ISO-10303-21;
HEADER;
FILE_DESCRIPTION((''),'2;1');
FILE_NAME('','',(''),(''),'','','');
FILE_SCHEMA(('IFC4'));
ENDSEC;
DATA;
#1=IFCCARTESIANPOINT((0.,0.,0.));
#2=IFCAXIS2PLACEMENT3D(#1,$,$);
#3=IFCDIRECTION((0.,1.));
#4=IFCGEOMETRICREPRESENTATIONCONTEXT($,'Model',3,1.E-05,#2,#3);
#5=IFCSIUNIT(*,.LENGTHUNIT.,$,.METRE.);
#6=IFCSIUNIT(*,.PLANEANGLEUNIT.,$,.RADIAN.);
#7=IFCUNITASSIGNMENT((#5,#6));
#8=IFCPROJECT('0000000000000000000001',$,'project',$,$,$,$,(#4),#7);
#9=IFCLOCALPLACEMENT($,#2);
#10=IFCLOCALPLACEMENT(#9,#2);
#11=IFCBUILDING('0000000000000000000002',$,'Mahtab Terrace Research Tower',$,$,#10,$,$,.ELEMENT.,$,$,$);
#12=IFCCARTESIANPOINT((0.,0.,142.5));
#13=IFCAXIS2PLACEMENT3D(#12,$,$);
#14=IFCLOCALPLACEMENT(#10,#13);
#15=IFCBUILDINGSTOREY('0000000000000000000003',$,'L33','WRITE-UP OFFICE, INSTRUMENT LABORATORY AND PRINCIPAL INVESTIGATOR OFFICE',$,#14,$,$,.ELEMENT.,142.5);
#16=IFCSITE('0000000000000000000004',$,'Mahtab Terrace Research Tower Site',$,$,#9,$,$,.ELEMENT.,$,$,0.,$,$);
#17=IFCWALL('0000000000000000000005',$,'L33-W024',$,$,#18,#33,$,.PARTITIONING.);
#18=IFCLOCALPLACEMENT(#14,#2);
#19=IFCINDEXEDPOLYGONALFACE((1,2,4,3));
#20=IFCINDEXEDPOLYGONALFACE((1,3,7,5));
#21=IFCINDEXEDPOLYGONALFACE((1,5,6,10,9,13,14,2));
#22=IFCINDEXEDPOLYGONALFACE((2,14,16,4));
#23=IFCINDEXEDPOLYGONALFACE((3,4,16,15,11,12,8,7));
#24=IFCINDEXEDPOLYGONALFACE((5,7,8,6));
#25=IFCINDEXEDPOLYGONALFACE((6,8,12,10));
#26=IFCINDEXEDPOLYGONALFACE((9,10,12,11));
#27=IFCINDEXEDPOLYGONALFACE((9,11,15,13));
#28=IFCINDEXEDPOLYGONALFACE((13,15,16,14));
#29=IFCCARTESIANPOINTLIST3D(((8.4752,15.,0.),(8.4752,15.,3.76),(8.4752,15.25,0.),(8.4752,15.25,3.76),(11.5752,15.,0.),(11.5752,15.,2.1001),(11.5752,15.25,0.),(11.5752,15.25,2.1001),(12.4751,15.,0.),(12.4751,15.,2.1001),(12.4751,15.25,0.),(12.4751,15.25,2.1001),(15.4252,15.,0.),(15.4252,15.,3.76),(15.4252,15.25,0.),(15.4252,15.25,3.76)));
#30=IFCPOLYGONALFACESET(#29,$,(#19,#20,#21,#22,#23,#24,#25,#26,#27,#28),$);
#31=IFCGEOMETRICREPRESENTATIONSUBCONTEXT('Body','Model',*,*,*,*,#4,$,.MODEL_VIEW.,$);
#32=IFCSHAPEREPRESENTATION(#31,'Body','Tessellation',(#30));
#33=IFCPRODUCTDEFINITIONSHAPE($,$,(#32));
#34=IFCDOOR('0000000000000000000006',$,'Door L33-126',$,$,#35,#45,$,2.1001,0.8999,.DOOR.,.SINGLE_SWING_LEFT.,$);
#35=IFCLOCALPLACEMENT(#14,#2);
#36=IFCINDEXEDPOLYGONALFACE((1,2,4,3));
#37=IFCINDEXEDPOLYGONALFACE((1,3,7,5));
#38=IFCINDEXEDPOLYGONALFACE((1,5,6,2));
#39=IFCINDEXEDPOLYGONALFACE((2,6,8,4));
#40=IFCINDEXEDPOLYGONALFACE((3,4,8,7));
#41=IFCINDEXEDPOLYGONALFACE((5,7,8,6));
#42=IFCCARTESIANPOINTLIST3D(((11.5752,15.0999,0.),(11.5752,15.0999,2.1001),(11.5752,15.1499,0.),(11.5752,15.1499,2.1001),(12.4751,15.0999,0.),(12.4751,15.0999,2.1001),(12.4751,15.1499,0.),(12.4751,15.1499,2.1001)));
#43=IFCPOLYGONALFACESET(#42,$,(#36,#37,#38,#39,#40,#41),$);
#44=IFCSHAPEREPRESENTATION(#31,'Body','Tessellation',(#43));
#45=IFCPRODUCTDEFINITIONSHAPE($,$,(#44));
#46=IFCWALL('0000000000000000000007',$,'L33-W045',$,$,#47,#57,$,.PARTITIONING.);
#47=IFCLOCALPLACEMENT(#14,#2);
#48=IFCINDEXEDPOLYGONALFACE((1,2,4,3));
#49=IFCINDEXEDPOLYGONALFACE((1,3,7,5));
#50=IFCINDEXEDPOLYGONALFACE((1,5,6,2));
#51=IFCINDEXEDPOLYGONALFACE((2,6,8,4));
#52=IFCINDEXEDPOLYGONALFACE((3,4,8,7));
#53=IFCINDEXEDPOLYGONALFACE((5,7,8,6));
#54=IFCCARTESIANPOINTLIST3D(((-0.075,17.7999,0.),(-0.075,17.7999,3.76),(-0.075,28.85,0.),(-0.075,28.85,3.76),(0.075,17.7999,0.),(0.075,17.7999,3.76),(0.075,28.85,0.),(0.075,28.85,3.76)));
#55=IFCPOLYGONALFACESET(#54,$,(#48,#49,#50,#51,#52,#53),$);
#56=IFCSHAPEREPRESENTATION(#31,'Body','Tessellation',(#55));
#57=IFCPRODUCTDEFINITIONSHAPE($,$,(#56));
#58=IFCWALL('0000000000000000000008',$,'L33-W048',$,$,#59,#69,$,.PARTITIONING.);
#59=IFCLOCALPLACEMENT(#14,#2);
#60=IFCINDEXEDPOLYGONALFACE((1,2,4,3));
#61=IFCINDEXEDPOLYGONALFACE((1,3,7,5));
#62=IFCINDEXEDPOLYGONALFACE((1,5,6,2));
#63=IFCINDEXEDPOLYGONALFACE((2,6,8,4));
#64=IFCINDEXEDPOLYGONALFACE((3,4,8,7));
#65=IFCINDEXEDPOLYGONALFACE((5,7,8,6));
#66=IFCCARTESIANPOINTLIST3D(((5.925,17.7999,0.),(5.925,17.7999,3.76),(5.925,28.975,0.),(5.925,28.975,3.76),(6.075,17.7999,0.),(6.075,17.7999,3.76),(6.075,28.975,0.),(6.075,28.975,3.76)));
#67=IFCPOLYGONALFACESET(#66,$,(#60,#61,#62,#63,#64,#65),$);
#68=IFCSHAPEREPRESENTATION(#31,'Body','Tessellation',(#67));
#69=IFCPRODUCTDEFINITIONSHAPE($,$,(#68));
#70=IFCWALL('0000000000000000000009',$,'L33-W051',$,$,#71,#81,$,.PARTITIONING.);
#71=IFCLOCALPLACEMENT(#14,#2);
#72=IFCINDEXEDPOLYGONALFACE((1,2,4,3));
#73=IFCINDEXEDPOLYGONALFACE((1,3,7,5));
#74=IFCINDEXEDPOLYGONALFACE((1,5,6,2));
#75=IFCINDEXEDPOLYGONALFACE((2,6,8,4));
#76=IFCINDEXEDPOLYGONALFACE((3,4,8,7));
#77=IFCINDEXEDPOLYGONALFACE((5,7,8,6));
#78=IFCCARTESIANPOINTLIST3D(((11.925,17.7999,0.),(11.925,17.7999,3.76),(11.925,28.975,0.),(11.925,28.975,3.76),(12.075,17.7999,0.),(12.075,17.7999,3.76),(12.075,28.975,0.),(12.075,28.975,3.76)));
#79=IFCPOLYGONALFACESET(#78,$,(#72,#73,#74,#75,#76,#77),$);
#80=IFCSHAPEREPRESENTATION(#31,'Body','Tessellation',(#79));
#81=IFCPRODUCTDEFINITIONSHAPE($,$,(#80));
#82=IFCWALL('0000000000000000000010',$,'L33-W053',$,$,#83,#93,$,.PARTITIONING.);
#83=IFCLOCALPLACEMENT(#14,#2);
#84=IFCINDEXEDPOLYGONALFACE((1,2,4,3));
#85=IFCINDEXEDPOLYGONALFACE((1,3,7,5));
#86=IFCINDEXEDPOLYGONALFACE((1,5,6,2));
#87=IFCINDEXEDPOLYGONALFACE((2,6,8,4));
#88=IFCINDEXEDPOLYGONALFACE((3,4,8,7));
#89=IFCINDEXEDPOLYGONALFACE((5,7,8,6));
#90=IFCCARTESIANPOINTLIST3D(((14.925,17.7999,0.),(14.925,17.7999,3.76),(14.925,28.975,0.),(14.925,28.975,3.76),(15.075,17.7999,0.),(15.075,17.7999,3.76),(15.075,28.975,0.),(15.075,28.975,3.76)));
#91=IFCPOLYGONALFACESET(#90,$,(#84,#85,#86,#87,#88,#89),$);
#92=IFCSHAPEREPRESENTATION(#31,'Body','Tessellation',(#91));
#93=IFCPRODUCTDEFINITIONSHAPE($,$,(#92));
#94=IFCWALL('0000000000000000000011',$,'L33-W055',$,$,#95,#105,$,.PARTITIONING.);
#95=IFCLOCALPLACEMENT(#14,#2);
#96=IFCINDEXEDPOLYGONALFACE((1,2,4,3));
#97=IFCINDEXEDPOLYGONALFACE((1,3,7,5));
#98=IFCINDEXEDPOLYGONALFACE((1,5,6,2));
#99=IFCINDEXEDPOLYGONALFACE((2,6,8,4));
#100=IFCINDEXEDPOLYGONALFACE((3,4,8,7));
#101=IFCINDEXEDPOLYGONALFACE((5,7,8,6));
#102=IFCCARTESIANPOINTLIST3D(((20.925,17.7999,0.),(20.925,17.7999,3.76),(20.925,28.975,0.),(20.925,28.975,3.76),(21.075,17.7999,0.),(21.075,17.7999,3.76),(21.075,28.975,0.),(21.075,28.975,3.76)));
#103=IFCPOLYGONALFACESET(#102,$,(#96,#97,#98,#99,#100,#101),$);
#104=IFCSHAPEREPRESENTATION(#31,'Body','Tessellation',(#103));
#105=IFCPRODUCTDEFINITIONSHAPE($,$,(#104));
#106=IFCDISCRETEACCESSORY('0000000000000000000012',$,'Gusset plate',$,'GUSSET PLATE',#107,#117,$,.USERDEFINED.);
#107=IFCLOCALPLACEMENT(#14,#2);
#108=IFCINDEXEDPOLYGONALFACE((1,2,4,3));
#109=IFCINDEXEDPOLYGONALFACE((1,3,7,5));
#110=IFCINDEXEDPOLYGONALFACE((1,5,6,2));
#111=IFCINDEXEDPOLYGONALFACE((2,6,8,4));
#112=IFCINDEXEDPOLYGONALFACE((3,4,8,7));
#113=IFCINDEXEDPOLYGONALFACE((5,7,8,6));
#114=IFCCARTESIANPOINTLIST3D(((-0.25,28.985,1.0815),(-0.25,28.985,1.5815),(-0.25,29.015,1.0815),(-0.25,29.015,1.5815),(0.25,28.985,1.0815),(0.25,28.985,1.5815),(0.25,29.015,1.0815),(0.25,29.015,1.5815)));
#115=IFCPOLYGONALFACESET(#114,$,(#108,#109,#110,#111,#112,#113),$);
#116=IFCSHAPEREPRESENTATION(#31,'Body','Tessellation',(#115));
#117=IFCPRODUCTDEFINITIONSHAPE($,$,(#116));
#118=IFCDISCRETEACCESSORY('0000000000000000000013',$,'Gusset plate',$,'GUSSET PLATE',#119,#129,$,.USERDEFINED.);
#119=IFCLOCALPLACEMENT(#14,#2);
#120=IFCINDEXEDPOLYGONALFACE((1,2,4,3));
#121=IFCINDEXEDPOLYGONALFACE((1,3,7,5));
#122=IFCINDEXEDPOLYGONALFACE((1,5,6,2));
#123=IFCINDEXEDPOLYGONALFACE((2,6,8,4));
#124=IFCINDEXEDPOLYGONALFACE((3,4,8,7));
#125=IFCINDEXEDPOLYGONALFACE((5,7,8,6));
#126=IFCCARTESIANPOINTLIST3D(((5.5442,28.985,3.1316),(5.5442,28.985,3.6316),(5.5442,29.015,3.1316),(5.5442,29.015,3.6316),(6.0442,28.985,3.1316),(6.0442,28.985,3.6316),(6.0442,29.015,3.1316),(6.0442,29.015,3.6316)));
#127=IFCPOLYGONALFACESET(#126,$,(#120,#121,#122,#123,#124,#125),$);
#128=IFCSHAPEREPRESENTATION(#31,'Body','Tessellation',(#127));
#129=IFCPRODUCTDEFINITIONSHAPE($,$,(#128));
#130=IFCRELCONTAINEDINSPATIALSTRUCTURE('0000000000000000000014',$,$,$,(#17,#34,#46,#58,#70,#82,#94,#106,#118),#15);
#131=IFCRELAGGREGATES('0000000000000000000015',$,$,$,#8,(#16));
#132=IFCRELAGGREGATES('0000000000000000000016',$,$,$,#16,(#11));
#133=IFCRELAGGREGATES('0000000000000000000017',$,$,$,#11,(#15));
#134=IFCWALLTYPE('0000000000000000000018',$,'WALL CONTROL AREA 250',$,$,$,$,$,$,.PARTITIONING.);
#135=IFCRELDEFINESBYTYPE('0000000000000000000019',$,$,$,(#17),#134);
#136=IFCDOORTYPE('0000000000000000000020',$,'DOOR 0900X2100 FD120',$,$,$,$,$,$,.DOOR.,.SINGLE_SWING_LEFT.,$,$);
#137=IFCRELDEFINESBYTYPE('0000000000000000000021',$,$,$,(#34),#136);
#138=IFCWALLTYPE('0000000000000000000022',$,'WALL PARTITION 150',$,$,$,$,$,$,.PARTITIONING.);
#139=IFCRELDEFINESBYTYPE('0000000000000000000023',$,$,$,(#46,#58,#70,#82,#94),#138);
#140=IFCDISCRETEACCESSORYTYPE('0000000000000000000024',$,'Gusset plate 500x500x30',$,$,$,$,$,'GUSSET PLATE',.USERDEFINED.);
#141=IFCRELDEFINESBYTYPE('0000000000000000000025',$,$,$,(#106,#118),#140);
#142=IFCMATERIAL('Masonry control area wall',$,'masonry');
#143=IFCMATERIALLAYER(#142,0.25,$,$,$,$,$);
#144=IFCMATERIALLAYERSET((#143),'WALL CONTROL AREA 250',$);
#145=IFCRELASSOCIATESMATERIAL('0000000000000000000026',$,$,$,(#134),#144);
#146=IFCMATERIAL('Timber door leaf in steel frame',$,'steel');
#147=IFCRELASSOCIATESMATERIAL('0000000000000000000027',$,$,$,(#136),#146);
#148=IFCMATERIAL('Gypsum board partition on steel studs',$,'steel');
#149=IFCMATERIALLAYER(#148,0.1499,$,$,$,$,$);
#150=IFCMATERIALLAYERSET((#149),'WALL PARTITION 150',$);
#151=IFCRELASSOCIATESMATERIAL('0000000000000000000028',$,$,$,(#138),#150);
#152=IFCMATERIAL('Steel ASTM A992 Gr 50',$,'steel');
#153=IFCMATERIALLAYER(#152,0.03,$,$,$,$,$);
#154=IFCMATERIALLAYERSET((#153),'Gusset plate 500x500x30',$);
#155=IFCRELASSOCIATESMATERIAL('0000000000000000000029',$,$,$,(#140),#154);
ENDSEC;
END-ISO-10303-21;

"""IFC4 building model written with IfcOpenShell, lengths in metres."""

from ifc_helpers import new_model, si_unit, direction, frame, frame_2d, origin, origin_2d, place, context, subcontext, project, spatial, rectangle, extrude, material, layer, layer_set, type_object, element, fill, save


model = new_model("IFC4")

# Units and contexts
model_context = context("Model", 3, precision=1e-05, world=origin(), true_north=direction((0.0, 1.0)))
body_context = subcontext(model_context, "Body", "Model", "MODEL_VIEW")
ifc_project = project(units=[si_unit("LENGTHUNIT", "METRE"), si_unit("PLANEANGLEUNIT", "RADIAN")], contexts=[model_context])

# Site, building, storey
site_placement = place(None, origin())
site = spatial("IfcSite", under=ifc_project, at=site_placement, Name="Mahtab Terrace Research Tower Site", CompositionType="ELEMENT", RefElevation=0.0)
building_placement = place(site_placement, origin())
building = spatial("IfcBuilding", under=site, at=building_placement, Name="Mahtab Terrace Research Tower", CompositionType="ELEMENT")
storey_placement = place(building_placement, frame((0.0, 0.0, 142.5)))
storey = spatial("IfcBuildingStorey", under=building, at=storey_placement, Name="L33", Description="WRITE-UP OFFICE, INSTRUMENT LABORATORY AND PRINCIPAL INVESTIGATOR OFFICE", CompositionType="ELEMENT", Elevation=142.5)

# Shared definitions
ifc_material_1 = material(Name="Steel ASTM A992 Gr 50", Category="steel")

# Wall, opening, door
ifc_material_2 = material(Name="Masonry control area wall", Category="masonry")
ifc_layer_1 = layer(ifc_material_2, 0.25)
ifc_layer_set_1 = layer_set([ifc_layer_1], Name="WALL CONTROL AREA 250")
wall_type_1 = type_object("IfcWallType", Name="WALL CONTROL AREA 250", PredefinedType="PARTITIONING", material=ifc_layer_set_1)
wall_1_placement = place(storey_placement, frame((8.4751, 15.125, 0.0), z_axis=(0.0, 0.0, 1.0), x_axis=(1.0, 0.0, 0.0)))
wall_1 = element("IfcWall", 1, at=wall_1_placement, inside=storey, type_object=wall_type_1, Name="L33-W024", PredefinedType="PARTITIONING", context=body_context, shape_type="SweptSolid", body=[
    extrude(rectangle(XDim=6.95, YDim=0.25, at=frame_2d((3.4751, 0.0))), origin(), (0.0, 0.0, 1.0), 3.76),
])
opening_1_placement = place(wall_1_placement, frame((3.1001, 0.0, 0.0)))
opening_1 = element("IfcOpeningElement", 2, at=opening_1_placement, cuts=wall_1, PredefinedType="OPENING", context=body_context, shape_type="SweptSolid", body=[
    extrude(rectangle(XDim=0.8999, YDim=2.1001, at=frame_2d((0.45, 1.05))), frame((0.0, 0.135, 0.0), z_axis=(0.0, -1.0, 0.0), x_axis=(1.0, 0.0, 0.0)), (0.0, 0.0, 1.0), 0.27),
])
ifc_material_3 = material(Name="Timber door leaf in steel frame", Category="steel")
door_type_1 = type_object("IfcDoorType", Name="DOOR 0900X2100 FD120", OperationType="SINGLE_SWING_LEFT", PredefinedType="DOOR", material=ifc_material_3)
door_1_placement = place(opening_1_placement, origin())
door_1 = element("IfcDoor", 3, at=door_1_placement, inside=storey, type_object=door_type_1, Name="Door L33-126", OperationType="SINGLE_SWING_LEFT", OverallHeight=2.1001, OverallWidth=0.8999, PredefinedType="DOOR", context=body_context, shape_type="SweptSolid", body=[
    extrude(rectangle(XDim=0.8999, YDim=2.1001, at=frame_2d((0.45, 1.05))), frame((0.0, 0.0249, 0.0), z_axis=(0.0, -1.0, 0.0), x_axis=(1.0, 0.0, 0.0)), (0.0, 0.0, 1.0), 0.05),
])
fill(opening_1, door_1)

# Walls
ifc_material_4 = material(Name="Gypsum board partition on steel studs", Category="steel")
ifc_layer_2 = layer(ifc_material_4, 0.1499)
ifc_layer_set_2 = layer_set([ifc_layer_2], Name="WALL PARTITION 150")
wall_type_2 = type_object("IfcWallType", Name="WALL PARTITION 150", PredefinedType="PARTITIONING", material=ifc_layer_set_2)
wall_2_placement = place(storey_placement, frame((0.0, 17.8, 0.0), z_axis=(0.0, 0.0, 1.0), x_axis=(0.0, 1.0, 0.0)))
element("IfcWall", 4, at=wall_2_placement, inside=storey, type_object=wall_type_2, Name="L33-W045", PredefinedType="PARTITIONING", context=body_context, shape_type="SweptSolid", body=[
    extrude(rectangle(XDim=11.05, YDim=0.1499, at=frame_2d((5.5249, 0.0))), origin(), (0.0, 0.0, 1.0), 3.76),
])
for number, where, z_axis, x_axis, name in (
    (5, (6.0, 17.8, 0.0), (0.0, 0.0, 1.0), (0.0, 1.0, 0.0), "L33-W048"),
    (6, (12.0, 17.8, 0.0), (0.0, 0.0, 1.0), (0.0, 1.0, 0.0), "L33-W051"),
    (7, (15.0, 17.8, 0.0), (0.0, 0.0, 1.0), (0.0, 1.0, 0.0), "L33-W053"),
    (8, (21.0, 17.8, 0.0), (0.0, 0.0, 1.0), (0.0, 1.0, 0.0), "L33-W055"),
):
    element("IfcWall", number, at=place(storey_placement, frame(where, z_axis=z_axis, x_axis=x_axis)), inside=storey, type_object=wall_type_2, Name=name, PredefinedType="PARTITIONING", context=body_context, shape_type="SweptSolid", body=[
        extrude(rectangle(XDim=11.175, YDim=0.1499, at=frame_2d((5.5874, 0.0))), origin(), (0.0, 0.0, 1.0), 3.76),
    ])

# Discrete accessories
ifc_layer_3 = layer(ifc_material_1, 0.03)
ifc_layer_set_3 = layer_set([ifc_layer_3], Name="Gusset plate 500x500x30")
discrete_accessory_type = type_object("IfcDiscreteAccessoryType", Name="Gusset plate 500x500x30", ElementType="GUSSET PLATE", PredefinedType="USERDEFINED", material=ifc_layer_set_3)
for number, where, z_axis, x_axis, name in (
    (9, (0.0, 29.0, 1.0815), (0.0, 0.0, 1.0), (1.0, 0.0, 0.0), "Gusset plate"),
    (10, (5.7942, 29.0, 3.1316), (0.0, 0.0, 1.0), (1.0, 0.0, 0.0), "Gusset plate"),
):
    element("IfcDiscreteAccessory", number, at=place(storey_placement, frame(where, z_axis=z_axis, x_axis=x_axis)), inside=storey, type_object=discrete_accessory_type, Name=name, ObjectType="GUSSET PLATE", PredefinedType="USERDEFINED", context=body_context, shape_type="SweptSolid", body=[
        extrude(rectangle(XDim=0.5, YDim=0.03, at=origin_2d()), origin(), (0.0, 0.0, 1.0), 0.5),
    ])

save(model, "model.ifc")
